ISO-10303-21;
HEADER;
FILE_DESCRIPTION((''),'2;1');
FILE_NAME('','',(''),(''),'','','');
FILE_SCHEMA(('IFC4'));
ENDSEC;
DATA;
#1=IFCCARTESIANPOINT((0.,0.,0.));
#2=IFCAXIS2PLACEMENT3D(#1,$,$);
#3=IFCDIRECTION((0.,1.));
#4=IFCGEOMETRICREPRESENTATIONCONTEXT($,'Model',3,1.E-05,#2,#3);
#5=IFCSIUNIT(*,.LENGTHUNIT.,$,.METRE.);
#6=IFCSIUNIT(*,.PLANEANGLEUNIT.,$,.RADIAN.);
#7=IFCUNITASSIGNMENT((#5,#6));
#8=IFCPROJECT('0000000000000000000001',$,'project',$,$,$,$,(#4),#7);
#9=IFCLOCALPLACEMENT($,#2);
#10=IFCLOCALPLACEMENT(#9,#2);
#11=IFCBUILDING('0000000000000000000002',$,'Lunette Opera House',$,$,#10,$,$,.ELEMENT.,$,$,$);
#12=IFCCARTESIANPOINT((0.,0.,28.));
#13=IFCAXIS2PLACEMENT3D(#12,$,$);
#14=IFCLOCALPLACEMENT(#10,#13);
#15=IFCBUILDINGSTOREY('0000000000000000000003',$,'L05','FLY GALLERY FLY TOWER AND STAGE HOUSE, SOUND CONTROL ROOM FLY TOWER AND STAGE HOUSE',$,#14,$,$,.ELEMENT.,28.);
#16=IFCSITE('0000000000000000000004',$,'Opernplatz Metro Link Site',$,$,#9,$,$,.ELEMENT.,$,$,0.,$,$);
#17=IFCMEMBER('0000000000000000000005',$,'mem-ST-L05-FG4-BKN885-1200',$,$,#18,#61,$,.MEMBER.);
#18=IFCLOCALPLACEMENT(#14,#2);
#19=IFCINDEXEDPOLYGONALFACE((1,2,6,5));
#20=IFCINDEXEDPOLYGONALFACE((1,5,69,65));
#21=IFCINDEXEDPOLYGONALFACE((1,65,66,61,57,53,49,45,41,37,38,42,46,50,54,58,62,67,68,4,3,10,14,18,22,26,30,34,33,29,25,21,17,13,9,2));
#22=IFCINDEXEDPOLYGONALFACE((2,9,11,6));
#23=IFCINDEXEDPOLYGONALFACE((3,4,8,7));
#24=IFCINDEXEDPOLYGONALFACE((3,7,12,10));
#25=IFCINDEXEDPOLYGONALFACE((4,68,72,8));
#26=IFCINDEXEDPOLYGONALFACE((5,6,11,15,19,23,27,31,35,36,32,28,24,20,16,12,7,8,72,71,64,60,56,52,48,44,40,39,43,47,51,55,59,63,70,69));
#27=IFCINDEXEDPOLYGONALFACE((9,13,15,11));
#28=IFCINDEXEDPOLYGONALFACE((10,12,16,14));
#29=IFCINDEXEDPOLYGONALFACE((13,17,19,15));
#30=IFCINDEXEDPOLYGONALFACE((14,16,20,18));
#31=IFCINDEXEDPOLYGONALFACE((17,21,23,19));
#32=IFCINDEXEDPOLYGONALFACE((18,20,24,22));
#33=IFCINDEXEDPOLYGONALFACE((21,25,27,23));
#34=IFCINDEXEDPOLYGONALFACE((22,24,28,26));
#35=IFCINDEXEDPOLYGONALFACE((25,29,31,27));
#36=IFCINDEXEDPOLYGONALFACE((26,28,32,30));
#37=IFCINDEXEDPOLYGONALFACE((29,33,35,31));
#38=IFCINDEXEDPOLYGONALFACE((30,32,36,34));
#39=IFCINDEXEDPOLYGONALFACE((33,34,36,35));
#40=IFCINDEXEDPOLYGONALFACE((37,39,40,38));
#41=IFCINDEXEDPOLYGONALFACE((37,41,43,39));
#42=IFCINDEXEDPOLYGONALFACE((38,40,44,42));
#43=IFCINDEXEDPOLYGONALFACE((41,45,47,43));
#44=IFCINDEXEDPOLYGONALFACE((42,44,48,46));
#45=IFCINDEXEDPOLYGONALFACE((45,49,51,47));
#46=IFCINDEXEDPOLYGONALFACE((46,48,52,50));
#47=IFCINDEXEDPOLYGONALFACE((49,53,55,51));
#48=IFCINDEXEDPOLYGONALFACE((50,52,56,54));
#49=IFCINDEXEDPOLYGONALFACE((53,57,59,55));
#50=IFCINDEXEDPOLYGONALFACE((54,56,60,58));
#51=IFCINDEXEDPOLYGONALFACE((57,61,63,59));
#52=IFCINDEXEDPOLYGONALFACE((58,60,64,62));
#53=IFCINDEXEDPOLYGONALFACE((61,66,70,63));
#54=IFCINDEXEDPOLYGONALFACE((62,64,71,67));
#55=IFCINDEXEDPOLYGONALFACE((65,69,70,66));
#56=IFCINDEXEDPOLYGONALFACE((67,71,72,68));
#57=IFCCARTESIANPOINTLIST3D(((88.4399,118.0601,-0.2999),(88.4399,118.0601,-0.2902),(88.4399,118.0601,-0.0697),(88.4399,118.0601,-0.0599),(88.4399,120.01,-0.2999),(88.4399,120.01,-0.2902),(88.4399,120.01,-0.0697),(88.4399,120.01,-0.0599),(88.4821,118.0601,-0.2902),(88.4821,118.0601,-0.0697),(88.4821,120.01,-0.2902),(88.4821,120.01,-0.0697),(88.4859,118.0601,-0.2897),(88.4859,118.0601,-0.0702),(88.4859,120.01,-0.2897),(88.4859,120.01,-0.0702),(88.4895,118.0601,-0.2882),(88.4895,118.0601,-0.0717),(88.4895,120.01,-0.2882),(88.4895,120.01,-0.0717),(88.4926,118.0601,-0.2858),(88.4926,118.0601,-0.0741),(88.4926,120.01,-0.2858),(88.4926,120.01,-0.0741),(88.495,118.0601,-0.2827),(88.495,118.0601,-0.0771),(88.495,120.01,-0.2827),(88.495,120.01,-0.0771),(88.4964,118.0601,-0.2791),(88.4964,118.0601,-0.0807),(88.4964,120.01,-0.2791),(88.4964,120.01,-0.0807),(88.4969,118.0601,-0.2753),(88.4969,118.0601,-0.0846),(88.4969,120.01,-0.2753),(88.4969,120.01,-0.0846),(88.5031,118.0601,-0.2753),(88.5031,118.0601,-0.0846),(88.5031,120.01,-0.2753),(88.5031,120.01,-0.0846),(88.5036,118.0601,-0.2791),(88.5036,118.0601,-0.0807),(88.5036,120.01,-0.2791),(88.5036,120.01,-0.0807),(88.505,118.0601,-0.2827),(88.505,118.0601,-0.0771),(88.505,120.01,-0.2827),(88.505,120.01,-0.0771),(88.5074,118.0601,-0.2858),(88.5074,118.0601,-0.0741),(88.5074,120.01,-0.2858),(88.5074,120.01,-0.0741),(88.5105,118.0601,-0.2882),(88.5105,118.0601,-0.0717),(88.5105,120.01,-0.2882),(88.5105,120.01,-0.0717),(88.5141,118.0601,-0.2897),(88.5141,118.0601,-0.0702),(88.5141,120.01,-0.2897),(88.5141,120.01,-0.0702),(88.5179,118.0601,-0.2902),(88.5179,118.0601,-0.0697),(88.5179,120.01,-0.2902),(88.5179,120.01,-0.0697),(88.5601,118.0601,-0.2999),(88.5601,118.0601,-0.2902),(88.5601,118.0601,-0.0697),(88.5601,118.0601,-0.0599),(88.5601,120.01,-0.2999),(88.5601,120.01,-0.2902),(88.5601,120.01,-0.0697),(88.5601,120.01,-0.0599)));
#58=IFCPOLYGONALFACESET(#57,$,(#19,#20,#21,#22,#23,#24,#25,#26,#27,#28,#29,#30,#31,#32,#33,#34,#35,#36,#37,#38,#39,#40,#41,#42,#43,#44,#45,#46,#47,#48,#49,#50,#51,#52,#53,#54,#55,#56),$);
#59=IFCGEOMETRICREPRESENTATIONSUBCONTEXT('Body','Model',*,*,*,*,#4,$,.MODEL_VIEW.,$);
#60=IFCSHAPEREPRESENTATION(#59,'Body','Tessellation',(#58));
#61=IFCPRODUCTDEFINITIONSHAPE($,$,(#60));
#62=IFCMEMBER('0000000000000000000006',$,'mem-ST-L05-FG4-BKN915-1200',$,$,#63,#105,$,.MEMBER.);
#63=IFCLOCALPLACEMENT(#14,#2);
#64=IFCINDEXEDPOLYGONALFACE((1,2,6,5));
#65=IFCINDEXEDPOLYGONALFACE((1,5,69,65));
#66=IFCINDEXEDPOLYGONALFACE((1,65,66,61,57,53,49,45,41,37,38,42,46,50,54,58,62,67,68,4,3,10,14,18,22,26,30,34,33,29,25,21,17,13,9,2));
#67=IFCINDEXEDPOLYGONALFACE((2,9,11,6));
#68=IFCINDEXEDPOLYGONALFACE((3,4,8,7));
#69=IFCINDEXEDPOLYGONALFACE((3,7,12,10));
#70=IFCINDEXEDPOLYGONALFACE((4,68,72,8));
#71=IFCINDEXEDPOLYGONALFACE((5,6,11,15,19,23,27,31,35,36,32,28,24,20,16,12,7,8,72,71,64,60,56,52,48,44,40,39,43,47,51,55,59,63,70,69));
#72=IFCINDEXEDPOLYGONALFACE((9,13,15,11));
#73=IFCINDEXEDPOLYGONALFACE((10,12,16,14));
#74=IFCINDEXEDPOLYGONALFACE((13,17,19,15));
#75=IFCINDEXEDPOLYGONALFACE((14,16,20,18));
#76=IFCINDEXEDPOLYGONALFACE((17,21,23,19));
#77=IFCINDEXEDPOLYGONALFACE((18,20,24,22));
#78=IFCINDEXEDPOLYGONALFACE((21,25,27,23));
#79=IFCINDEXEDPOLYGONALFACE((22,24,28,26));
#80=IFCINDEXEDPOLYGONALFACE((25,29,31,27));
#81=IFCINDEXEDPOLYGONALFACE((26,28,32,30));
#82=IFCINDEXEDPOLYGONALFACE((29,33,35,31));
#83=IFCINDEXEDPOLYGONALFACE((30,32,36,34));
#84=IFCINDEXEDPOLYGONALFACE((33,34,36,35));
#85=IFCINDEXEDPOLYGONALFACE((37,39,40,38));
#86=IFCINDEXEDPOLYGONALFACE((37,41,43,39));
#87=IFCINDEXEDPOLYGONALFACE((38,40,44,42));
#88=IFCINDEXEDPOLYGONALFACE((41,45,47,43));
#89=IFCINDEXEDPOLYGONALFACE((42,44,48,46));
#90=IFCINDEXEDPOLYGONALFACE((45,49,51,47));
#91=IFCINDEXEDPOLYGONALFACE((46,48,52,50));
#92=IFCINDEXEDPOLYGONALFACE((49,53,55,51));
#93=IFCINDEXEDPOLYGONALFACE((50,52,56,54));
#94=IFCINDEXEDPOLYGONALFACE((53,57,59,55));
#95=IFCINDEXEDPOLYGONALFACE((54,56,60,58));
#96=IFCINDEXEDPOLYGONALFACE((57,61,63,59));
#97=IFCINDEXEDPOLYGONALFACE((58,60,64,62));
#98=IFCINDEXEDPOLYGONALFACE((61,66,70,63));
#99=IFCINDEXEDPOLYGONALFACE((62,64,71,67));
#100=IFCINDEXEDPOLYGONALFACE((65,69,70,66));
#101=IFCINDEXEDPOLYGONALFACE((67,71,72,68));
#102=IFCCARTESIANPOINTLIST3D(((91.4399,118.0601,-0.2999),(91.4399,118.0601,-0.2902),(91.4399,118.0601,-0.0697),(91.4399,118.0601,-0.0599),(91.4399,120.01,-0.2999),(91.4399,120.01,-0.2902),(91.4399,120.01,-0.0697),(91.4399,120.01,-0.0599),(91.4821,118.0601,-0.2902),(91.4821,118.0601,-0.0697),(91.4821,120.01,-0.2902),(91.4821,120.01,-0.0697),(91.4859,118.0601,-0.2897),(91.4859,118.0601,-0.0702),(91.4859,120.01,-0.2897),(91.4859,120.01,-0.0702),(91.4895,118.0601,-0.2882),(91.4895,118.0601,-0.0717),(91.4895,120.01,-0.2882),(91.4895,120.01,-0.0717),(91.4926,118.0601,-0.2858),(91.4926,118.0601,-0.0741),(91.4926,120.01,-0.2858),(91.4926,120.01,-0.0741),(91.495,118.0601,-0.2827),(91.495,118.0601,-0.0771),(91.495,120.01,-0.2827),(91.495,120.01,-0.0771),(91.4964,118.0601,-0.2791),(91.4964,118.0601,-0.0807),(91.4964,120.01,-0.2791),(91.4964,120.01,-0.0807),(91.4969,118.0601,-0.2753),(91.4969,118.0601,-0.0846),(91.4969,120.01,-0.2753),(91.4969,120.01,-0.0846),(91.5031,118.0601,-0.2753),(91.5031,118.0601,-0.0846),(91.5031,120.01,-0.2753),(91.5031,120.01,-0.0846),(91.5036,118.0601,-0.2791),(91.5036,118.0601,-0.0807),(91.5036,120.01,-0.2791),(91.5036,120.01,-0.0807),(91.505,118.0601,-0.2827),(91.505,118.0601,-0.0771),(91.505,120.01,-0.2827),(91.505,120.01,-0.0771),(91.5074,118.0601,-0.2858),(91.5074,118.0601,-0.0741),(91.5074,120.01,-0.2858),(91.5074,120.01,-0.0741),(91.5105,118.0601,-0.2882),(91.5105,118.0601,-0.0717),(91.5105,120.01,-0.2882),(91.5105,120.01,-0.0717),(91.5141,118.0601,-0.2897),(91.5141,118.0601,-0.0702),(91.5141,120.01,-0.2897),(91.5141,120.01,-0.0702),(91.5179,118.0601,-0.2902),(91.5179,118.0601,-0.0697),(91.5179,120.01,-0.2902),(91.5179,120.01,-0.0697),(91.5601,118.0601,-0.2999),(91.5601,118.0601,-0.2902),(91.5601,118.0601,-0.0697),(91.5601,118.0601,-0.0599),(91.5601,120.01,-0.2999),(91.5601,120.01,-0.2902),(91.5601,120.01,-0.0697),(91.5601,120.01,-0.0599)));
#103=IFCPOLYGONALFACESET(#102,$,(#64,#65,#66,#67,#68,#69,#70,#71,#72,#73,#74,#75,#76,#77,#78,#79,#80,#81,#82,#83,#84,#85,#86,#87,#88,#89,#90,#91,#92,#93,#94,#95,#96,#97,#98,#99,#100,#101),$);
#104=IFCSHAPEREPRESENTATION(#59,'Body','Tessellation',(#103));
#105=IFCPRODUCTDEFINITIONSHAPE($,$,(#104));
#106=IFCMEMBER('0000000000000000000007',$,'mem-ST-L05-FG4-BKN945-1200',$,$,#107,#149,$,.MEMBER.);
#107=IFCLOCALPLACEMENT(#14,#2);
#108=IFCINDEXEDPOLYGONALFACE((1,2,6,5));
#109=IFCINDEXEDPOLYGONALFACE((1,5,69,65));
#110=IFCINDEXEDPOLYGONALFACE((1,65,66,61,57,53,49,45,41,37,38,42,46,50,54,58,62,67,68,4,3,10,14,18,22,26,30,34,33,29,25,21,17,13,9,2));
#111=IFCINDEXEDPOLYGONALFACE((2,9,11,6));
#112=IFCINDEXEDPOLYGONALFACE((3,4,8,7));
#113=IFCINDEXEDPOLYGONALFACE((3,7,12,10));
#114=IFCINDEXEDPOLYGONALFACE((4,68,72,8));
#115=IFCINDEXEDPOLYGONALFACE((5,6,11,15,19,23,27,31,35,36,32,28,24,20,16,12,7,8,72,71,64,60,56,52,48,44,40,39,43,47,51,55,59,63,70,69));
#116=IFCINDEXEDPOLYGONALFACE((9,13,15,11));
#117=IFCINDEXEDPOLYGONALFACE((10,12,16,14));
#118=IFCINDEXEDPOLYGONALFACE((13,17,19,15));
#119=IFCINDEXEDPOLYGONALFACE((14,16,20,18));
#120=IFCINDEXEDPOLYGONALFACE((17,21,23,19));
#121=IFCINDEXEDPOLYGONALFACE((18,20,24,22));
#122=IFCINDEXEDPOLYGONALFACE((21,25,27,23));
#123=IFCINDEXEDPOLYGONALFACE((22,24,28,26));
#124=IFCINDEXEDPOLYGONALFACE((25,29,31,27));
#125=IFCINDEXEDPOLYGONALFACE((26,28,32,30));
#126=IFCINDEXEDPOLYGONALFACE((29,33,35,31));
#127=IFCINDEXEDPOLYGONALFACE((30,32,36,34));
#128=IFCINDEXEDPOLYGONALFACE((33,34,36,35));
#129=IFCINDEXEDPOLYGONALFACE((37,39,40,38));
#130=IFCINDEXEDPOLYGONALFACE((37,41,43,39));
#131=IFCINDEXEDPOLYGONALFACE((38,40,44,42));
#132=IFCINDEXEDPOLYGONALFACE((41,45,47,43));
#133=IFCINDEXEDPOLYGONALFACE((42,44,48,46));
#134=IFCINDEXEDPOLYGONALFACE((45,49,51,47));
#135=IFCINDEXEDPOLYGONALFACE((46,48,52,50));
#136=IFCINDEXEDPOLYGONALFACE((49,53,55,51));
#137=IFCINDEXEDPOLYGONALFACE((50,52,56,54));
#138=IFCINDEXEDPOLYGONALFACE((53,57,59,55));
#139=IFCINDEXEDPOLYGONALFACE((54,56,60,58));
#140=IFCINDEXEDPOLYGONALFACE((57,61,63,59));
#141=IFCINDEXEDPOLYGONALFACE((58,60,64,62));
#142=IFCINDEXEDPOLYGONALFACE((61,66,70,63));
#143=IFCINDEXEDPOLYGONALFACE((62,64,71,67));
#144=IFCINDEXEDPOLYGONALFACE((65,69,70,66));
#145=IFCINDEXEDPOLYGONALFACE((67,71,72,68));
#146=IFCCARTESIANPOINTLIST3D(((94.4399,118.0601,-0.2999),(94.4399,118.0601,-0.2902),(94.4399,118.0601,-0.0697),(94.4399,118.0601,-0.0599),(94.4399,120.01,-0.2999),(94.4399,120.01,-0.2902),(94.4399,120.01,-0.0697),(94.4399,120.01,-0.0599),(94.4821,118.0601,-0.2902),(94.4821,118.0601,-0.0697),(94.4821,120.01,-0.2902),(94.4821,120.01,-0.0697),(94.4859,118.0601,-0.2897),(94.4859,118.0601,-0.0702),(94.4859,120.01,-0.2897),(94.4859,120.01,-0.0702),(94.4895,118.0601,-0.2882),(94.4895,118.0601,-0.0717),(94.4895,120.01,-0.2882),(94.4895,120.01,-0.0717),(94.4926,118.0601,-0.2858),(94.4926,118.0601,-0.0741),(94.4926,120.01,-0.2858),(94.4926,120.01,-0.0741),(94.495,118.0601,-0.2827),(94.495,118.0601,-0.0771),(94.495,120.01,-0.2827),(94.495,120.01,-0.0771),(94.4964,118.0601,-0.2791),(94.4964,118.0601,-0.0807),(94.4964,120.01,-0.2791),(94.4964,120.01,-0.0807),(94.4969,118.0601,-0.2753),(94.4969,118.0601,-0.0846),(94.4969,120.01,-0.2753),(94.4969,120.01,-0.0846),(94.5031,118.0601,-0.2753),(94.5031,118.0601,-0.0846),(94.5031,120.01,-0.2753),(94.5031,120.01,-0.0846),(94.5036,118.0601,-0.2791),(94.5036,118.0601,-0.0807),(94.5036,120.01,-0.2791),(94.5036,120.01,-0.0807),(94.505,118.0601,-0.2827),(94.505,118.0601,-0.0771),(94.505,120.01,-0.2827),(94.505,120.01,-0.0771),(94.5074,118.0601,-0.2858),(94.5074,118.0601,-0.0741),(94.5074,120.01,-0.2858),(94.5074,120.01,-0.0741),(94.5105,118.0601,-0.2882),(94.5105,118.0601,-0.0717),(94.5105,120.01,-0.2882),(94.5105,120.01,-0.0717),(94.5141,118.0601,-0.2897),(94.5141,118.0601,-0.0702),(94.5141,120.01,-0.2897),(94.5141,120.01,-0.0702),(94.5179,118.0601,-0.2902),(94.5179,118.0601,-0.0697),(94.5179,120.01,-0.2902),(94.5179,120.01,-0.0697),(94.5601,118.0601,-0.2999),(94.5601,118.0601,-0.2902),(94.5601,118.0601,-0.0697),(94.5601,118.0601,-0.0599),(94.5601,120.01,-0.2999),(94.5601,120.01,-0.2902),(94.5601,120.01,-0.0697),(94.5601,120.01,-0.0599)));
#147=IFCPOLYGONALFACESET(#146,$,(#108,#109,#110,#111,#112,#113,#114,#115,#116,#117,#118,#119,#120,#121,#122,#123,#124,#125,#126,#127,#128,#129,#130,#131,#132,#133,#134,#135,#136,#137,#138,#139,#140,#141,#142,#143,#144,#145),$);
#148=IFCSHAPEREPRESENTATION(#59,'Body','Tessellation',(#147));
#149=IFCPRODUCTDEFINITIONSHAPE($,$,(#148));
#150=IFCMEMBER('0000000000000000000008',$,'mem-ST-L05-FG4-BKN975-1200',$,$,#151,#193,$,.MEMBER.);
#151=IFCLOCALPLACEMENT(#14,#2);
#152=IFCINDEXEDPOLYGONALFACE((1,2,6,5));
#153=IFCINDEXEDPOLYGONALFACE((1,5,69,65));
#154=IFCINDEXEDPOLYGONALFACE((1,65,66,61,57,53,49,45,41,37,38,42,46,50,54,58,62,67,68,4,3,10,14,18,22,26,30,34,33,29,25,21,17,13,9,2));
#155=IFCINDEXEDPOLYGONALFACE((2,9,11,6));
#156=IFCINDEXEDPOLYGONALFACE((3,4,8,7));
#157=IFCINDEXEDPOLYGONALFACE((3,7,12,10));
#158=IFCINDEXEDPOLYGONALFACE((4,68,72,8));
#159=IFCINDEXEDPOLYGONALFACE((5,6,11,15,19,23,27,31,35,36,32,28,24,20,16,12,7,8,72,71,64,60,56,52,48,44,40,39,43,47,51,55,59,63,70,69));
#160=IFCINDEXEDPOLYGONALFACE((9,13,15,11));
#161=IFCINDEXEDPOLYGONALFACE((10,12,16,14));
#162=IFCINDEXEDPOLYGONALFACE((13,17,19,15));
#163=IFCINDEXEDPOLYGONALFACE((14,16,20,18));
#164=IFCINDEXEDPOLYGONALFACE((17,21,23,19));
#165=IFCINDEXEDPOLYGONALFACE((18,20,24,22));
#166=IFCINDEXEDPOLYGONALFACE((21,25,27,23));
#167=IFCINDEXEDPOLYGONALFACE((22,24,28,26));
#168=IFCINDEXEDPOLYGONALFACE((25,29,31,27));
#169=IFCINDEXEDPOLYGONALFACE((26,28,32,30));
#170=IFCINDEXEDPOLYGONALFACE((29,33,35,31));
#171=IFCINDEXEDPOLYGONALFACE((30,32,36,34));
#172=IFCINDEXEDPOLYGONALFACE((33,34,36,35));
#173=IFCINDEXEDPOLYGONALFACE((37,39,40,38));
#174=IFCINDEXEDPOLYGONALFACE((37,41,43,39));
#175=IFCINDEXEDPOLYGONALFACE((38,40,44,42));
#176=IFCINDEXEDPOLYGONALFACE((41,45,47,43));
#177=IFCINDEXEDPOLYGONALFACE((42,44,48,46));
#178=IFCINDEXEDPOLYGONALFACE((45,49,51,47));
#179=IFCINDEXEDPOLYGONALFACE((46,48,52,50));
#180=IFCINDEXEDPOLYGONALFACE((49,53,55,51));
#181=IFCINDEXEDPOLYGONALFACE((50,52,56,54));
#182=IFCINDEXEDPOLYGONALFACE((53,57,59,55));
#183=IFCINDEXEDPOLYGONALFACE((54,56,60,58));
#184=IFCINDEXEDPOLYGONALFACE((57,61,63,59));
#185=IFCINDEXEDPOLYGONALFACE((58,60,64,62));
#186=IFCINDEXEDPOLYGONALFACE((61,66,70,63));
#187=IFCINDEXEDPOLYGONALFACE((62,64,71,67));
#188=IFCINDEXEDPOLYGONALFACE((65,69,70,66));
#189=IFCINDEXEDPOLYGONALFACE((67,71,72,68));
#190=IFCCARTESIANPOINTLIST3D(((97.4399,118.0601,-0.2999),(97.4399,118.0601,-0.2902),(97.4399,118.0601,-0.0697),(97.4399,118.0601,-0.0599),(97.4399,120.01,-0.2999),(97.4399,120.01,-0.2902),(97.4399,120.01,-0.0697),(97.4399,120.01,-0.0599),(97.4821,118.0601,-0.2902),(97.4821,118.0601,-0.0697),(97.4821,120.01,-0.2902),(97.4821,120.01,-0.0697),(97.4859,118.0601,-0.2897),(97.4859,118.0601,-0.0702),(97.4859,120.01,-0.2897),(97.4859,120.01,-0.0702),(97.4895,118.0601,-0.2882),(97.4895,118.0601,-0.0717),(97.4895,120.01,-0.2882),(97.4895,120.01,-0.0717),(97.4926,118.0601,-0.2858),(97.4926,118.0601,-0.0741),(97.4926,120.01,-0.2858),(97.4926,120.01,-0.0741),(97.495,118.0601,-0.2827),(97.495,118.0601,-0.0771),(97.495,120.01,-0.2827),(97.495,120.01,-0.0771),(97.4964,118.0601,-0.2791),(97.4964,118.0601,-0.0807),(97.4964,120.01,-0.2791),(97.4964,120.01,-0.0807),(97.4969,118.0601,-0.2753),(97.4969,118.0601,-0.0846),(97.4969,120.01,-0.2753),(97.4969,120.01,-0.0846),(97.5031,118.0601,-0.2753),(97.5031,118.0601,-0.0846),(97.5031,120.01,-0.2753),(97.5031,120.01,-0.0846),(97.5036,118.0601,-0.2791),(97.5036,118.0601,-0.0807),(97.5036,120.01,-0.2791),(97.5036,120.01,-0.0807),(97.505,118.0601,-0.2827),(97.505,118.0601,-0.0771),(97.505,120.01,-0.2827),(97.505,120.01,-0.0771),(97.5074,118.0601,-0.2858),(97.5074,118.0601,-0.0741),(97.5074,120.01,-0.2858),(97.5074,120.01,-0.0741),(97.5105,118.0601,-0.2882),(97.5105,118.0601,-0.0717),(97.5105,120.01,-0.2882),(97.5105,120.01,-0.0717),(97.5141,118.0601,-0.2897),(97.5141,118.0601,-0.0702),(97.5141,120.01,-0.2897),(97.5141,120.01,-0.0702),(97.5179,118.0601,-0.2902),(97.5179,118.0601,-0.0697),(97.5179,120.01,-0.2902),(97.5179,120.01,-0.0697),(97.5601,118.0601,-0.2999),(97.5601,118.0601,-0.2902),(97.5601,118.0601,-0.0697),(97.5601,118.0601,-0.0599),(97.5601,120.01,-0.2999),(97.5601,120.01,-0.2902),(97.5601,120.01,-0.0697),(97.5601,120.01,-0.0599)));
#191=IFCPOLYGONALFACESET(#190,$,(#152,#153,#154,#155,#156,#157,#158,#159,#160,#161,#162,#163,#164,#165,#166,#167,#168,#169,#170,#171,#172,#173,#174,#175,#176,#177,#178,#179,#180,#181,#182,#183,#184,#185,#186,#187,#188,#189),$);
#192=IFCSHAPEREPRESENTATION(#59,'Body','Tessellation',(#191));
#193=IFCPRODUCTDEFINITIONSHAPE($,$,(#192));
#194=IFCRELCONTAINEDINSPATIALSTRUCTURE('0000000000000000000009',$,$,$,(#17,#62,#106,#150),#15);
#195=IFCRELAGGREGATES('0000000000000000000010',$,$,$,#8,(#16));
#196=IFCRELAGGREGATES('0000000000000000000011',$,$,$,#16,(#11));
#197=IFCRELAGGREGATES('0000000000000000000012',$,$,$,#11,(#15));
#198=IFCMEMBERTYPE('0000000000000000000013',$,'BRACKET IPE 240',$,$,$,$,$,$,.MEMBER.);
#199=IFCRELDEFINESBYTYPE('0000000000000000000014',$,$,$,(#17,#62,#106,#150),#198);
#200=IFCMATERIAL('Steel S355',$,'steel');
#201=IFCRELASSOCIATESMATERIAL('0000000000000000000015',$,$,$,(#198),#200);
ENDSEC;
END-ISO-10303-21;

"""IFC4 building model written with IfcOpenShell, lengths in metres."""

from ifc_helpers import new_model, si_unit, direction, frame, origin, origin_2d, place, context, subcontext, project, spatial, i_section, extrude, material, material_profile, profile_set, type_object, element, save


model = new_model("IFC4")

# Units and contexts
model_context = context("Model", 3, precision=1e-05, world=origin(), true_north=direction((0.0, 1.0)))
body_context = subcontext(model_context, "Body", "Model", "MODEL_VIEW")
ifc_project = project(units=[si_unit("LENGTHUNIT", "METRE"), si_unit("PLANEANGLEUNIT", "RADIAN")], contexts=[model_context])

# Site, building, storey
site_placement = place(None, origin())
site = spatial("IfcSite", under=ifc_project, at=site_placement, Name="Opernplatz Metro Link Site", CompositionType="ELEMENT", RefElevation=0.0)
building_placement = place(site_placement, origin())
building = spatial("IfcBuilding", under=site, at=building_placement, Name="Lunette Opera House", CompositionType="ELEMENT")
storey_placement = place(building_placement, frame((0.0, 0.0, 28.0)))
storey = spatial("IfcBuildingStorey", under=building, at=storey_placement, Name="L05", Description="FLY GALLERY FLY TOWER AND STAGE HOUSE, SOUND CONTROL ROOM FLY TOWER AND STAGE HOUSE", CompositionType="ELEMENT", Elevation=28.0)

# Members
ifc_material_1 = material(Name="Steel S355", Category="steel")
ifc_material_profile = material_profile(ifc_material_1, i_section(OverallWidth=0.1201, OverallDepth=0.24, WebThickness=0.0061, FlangeThickness=0.0098, FilletRadius=0.0149, at=origin_2d()), Name="IPE 240")
ifc_profile_set = profile_set([ifc_material_profile], Name="Steel S355")
member_type = type_object("IfcMemberType", Name="BRACKET IPE 240", PredefinedType="MEMBER", material=ifc_profile_set)
for number, where, z_axis, x_axis, name in (
    (1, (88.5, 120.01, -0.1799), (0.0, -1.0, 0.0), (1.0, 0.0, 0.0), "mem-ST-L05-FG4-BKN885-1200"),
    (2, (91.5, 120.01, -0.1799), (0.0, -1.0, 0.0), (1.0, 0.0, 0.0), "mem-ST-L05-FG4-BKN915-1200"),
    (3, (94.5, 120.01, -0.1799), (0.0, -1.0, 0.0), (1.0, 0.0, 0.0), "mem-ST-L05-FG4-BKN945-1200"),
    (4, (97.5, 120.01, -0.1799), (0.0, -1.0, 0.0), (1.0, 0.0, 0.0), "mem-ST-L05-FG4-BKN975-1200"),
):
    element("IfcMember", number, at=place(storey_placement, frame(where, z_axis=z_axis, x_axis=x_axis)), inside=storey, type_object=member_type, Name=name, PredefinedType="MEMBER", context=body_context, shape_type="SweptSolid", body=[
        extrude(i_section(OverallWidth=0.1201, OverallDepth=0.24, WebThickness=0.0061, FlangeThickness=0.0098, FilletRadius=0.0149, at=origin_2d()), origin(), (0.0, 0.0, 1.0), 1.95),
    ])

save(model, "model.ifc")
